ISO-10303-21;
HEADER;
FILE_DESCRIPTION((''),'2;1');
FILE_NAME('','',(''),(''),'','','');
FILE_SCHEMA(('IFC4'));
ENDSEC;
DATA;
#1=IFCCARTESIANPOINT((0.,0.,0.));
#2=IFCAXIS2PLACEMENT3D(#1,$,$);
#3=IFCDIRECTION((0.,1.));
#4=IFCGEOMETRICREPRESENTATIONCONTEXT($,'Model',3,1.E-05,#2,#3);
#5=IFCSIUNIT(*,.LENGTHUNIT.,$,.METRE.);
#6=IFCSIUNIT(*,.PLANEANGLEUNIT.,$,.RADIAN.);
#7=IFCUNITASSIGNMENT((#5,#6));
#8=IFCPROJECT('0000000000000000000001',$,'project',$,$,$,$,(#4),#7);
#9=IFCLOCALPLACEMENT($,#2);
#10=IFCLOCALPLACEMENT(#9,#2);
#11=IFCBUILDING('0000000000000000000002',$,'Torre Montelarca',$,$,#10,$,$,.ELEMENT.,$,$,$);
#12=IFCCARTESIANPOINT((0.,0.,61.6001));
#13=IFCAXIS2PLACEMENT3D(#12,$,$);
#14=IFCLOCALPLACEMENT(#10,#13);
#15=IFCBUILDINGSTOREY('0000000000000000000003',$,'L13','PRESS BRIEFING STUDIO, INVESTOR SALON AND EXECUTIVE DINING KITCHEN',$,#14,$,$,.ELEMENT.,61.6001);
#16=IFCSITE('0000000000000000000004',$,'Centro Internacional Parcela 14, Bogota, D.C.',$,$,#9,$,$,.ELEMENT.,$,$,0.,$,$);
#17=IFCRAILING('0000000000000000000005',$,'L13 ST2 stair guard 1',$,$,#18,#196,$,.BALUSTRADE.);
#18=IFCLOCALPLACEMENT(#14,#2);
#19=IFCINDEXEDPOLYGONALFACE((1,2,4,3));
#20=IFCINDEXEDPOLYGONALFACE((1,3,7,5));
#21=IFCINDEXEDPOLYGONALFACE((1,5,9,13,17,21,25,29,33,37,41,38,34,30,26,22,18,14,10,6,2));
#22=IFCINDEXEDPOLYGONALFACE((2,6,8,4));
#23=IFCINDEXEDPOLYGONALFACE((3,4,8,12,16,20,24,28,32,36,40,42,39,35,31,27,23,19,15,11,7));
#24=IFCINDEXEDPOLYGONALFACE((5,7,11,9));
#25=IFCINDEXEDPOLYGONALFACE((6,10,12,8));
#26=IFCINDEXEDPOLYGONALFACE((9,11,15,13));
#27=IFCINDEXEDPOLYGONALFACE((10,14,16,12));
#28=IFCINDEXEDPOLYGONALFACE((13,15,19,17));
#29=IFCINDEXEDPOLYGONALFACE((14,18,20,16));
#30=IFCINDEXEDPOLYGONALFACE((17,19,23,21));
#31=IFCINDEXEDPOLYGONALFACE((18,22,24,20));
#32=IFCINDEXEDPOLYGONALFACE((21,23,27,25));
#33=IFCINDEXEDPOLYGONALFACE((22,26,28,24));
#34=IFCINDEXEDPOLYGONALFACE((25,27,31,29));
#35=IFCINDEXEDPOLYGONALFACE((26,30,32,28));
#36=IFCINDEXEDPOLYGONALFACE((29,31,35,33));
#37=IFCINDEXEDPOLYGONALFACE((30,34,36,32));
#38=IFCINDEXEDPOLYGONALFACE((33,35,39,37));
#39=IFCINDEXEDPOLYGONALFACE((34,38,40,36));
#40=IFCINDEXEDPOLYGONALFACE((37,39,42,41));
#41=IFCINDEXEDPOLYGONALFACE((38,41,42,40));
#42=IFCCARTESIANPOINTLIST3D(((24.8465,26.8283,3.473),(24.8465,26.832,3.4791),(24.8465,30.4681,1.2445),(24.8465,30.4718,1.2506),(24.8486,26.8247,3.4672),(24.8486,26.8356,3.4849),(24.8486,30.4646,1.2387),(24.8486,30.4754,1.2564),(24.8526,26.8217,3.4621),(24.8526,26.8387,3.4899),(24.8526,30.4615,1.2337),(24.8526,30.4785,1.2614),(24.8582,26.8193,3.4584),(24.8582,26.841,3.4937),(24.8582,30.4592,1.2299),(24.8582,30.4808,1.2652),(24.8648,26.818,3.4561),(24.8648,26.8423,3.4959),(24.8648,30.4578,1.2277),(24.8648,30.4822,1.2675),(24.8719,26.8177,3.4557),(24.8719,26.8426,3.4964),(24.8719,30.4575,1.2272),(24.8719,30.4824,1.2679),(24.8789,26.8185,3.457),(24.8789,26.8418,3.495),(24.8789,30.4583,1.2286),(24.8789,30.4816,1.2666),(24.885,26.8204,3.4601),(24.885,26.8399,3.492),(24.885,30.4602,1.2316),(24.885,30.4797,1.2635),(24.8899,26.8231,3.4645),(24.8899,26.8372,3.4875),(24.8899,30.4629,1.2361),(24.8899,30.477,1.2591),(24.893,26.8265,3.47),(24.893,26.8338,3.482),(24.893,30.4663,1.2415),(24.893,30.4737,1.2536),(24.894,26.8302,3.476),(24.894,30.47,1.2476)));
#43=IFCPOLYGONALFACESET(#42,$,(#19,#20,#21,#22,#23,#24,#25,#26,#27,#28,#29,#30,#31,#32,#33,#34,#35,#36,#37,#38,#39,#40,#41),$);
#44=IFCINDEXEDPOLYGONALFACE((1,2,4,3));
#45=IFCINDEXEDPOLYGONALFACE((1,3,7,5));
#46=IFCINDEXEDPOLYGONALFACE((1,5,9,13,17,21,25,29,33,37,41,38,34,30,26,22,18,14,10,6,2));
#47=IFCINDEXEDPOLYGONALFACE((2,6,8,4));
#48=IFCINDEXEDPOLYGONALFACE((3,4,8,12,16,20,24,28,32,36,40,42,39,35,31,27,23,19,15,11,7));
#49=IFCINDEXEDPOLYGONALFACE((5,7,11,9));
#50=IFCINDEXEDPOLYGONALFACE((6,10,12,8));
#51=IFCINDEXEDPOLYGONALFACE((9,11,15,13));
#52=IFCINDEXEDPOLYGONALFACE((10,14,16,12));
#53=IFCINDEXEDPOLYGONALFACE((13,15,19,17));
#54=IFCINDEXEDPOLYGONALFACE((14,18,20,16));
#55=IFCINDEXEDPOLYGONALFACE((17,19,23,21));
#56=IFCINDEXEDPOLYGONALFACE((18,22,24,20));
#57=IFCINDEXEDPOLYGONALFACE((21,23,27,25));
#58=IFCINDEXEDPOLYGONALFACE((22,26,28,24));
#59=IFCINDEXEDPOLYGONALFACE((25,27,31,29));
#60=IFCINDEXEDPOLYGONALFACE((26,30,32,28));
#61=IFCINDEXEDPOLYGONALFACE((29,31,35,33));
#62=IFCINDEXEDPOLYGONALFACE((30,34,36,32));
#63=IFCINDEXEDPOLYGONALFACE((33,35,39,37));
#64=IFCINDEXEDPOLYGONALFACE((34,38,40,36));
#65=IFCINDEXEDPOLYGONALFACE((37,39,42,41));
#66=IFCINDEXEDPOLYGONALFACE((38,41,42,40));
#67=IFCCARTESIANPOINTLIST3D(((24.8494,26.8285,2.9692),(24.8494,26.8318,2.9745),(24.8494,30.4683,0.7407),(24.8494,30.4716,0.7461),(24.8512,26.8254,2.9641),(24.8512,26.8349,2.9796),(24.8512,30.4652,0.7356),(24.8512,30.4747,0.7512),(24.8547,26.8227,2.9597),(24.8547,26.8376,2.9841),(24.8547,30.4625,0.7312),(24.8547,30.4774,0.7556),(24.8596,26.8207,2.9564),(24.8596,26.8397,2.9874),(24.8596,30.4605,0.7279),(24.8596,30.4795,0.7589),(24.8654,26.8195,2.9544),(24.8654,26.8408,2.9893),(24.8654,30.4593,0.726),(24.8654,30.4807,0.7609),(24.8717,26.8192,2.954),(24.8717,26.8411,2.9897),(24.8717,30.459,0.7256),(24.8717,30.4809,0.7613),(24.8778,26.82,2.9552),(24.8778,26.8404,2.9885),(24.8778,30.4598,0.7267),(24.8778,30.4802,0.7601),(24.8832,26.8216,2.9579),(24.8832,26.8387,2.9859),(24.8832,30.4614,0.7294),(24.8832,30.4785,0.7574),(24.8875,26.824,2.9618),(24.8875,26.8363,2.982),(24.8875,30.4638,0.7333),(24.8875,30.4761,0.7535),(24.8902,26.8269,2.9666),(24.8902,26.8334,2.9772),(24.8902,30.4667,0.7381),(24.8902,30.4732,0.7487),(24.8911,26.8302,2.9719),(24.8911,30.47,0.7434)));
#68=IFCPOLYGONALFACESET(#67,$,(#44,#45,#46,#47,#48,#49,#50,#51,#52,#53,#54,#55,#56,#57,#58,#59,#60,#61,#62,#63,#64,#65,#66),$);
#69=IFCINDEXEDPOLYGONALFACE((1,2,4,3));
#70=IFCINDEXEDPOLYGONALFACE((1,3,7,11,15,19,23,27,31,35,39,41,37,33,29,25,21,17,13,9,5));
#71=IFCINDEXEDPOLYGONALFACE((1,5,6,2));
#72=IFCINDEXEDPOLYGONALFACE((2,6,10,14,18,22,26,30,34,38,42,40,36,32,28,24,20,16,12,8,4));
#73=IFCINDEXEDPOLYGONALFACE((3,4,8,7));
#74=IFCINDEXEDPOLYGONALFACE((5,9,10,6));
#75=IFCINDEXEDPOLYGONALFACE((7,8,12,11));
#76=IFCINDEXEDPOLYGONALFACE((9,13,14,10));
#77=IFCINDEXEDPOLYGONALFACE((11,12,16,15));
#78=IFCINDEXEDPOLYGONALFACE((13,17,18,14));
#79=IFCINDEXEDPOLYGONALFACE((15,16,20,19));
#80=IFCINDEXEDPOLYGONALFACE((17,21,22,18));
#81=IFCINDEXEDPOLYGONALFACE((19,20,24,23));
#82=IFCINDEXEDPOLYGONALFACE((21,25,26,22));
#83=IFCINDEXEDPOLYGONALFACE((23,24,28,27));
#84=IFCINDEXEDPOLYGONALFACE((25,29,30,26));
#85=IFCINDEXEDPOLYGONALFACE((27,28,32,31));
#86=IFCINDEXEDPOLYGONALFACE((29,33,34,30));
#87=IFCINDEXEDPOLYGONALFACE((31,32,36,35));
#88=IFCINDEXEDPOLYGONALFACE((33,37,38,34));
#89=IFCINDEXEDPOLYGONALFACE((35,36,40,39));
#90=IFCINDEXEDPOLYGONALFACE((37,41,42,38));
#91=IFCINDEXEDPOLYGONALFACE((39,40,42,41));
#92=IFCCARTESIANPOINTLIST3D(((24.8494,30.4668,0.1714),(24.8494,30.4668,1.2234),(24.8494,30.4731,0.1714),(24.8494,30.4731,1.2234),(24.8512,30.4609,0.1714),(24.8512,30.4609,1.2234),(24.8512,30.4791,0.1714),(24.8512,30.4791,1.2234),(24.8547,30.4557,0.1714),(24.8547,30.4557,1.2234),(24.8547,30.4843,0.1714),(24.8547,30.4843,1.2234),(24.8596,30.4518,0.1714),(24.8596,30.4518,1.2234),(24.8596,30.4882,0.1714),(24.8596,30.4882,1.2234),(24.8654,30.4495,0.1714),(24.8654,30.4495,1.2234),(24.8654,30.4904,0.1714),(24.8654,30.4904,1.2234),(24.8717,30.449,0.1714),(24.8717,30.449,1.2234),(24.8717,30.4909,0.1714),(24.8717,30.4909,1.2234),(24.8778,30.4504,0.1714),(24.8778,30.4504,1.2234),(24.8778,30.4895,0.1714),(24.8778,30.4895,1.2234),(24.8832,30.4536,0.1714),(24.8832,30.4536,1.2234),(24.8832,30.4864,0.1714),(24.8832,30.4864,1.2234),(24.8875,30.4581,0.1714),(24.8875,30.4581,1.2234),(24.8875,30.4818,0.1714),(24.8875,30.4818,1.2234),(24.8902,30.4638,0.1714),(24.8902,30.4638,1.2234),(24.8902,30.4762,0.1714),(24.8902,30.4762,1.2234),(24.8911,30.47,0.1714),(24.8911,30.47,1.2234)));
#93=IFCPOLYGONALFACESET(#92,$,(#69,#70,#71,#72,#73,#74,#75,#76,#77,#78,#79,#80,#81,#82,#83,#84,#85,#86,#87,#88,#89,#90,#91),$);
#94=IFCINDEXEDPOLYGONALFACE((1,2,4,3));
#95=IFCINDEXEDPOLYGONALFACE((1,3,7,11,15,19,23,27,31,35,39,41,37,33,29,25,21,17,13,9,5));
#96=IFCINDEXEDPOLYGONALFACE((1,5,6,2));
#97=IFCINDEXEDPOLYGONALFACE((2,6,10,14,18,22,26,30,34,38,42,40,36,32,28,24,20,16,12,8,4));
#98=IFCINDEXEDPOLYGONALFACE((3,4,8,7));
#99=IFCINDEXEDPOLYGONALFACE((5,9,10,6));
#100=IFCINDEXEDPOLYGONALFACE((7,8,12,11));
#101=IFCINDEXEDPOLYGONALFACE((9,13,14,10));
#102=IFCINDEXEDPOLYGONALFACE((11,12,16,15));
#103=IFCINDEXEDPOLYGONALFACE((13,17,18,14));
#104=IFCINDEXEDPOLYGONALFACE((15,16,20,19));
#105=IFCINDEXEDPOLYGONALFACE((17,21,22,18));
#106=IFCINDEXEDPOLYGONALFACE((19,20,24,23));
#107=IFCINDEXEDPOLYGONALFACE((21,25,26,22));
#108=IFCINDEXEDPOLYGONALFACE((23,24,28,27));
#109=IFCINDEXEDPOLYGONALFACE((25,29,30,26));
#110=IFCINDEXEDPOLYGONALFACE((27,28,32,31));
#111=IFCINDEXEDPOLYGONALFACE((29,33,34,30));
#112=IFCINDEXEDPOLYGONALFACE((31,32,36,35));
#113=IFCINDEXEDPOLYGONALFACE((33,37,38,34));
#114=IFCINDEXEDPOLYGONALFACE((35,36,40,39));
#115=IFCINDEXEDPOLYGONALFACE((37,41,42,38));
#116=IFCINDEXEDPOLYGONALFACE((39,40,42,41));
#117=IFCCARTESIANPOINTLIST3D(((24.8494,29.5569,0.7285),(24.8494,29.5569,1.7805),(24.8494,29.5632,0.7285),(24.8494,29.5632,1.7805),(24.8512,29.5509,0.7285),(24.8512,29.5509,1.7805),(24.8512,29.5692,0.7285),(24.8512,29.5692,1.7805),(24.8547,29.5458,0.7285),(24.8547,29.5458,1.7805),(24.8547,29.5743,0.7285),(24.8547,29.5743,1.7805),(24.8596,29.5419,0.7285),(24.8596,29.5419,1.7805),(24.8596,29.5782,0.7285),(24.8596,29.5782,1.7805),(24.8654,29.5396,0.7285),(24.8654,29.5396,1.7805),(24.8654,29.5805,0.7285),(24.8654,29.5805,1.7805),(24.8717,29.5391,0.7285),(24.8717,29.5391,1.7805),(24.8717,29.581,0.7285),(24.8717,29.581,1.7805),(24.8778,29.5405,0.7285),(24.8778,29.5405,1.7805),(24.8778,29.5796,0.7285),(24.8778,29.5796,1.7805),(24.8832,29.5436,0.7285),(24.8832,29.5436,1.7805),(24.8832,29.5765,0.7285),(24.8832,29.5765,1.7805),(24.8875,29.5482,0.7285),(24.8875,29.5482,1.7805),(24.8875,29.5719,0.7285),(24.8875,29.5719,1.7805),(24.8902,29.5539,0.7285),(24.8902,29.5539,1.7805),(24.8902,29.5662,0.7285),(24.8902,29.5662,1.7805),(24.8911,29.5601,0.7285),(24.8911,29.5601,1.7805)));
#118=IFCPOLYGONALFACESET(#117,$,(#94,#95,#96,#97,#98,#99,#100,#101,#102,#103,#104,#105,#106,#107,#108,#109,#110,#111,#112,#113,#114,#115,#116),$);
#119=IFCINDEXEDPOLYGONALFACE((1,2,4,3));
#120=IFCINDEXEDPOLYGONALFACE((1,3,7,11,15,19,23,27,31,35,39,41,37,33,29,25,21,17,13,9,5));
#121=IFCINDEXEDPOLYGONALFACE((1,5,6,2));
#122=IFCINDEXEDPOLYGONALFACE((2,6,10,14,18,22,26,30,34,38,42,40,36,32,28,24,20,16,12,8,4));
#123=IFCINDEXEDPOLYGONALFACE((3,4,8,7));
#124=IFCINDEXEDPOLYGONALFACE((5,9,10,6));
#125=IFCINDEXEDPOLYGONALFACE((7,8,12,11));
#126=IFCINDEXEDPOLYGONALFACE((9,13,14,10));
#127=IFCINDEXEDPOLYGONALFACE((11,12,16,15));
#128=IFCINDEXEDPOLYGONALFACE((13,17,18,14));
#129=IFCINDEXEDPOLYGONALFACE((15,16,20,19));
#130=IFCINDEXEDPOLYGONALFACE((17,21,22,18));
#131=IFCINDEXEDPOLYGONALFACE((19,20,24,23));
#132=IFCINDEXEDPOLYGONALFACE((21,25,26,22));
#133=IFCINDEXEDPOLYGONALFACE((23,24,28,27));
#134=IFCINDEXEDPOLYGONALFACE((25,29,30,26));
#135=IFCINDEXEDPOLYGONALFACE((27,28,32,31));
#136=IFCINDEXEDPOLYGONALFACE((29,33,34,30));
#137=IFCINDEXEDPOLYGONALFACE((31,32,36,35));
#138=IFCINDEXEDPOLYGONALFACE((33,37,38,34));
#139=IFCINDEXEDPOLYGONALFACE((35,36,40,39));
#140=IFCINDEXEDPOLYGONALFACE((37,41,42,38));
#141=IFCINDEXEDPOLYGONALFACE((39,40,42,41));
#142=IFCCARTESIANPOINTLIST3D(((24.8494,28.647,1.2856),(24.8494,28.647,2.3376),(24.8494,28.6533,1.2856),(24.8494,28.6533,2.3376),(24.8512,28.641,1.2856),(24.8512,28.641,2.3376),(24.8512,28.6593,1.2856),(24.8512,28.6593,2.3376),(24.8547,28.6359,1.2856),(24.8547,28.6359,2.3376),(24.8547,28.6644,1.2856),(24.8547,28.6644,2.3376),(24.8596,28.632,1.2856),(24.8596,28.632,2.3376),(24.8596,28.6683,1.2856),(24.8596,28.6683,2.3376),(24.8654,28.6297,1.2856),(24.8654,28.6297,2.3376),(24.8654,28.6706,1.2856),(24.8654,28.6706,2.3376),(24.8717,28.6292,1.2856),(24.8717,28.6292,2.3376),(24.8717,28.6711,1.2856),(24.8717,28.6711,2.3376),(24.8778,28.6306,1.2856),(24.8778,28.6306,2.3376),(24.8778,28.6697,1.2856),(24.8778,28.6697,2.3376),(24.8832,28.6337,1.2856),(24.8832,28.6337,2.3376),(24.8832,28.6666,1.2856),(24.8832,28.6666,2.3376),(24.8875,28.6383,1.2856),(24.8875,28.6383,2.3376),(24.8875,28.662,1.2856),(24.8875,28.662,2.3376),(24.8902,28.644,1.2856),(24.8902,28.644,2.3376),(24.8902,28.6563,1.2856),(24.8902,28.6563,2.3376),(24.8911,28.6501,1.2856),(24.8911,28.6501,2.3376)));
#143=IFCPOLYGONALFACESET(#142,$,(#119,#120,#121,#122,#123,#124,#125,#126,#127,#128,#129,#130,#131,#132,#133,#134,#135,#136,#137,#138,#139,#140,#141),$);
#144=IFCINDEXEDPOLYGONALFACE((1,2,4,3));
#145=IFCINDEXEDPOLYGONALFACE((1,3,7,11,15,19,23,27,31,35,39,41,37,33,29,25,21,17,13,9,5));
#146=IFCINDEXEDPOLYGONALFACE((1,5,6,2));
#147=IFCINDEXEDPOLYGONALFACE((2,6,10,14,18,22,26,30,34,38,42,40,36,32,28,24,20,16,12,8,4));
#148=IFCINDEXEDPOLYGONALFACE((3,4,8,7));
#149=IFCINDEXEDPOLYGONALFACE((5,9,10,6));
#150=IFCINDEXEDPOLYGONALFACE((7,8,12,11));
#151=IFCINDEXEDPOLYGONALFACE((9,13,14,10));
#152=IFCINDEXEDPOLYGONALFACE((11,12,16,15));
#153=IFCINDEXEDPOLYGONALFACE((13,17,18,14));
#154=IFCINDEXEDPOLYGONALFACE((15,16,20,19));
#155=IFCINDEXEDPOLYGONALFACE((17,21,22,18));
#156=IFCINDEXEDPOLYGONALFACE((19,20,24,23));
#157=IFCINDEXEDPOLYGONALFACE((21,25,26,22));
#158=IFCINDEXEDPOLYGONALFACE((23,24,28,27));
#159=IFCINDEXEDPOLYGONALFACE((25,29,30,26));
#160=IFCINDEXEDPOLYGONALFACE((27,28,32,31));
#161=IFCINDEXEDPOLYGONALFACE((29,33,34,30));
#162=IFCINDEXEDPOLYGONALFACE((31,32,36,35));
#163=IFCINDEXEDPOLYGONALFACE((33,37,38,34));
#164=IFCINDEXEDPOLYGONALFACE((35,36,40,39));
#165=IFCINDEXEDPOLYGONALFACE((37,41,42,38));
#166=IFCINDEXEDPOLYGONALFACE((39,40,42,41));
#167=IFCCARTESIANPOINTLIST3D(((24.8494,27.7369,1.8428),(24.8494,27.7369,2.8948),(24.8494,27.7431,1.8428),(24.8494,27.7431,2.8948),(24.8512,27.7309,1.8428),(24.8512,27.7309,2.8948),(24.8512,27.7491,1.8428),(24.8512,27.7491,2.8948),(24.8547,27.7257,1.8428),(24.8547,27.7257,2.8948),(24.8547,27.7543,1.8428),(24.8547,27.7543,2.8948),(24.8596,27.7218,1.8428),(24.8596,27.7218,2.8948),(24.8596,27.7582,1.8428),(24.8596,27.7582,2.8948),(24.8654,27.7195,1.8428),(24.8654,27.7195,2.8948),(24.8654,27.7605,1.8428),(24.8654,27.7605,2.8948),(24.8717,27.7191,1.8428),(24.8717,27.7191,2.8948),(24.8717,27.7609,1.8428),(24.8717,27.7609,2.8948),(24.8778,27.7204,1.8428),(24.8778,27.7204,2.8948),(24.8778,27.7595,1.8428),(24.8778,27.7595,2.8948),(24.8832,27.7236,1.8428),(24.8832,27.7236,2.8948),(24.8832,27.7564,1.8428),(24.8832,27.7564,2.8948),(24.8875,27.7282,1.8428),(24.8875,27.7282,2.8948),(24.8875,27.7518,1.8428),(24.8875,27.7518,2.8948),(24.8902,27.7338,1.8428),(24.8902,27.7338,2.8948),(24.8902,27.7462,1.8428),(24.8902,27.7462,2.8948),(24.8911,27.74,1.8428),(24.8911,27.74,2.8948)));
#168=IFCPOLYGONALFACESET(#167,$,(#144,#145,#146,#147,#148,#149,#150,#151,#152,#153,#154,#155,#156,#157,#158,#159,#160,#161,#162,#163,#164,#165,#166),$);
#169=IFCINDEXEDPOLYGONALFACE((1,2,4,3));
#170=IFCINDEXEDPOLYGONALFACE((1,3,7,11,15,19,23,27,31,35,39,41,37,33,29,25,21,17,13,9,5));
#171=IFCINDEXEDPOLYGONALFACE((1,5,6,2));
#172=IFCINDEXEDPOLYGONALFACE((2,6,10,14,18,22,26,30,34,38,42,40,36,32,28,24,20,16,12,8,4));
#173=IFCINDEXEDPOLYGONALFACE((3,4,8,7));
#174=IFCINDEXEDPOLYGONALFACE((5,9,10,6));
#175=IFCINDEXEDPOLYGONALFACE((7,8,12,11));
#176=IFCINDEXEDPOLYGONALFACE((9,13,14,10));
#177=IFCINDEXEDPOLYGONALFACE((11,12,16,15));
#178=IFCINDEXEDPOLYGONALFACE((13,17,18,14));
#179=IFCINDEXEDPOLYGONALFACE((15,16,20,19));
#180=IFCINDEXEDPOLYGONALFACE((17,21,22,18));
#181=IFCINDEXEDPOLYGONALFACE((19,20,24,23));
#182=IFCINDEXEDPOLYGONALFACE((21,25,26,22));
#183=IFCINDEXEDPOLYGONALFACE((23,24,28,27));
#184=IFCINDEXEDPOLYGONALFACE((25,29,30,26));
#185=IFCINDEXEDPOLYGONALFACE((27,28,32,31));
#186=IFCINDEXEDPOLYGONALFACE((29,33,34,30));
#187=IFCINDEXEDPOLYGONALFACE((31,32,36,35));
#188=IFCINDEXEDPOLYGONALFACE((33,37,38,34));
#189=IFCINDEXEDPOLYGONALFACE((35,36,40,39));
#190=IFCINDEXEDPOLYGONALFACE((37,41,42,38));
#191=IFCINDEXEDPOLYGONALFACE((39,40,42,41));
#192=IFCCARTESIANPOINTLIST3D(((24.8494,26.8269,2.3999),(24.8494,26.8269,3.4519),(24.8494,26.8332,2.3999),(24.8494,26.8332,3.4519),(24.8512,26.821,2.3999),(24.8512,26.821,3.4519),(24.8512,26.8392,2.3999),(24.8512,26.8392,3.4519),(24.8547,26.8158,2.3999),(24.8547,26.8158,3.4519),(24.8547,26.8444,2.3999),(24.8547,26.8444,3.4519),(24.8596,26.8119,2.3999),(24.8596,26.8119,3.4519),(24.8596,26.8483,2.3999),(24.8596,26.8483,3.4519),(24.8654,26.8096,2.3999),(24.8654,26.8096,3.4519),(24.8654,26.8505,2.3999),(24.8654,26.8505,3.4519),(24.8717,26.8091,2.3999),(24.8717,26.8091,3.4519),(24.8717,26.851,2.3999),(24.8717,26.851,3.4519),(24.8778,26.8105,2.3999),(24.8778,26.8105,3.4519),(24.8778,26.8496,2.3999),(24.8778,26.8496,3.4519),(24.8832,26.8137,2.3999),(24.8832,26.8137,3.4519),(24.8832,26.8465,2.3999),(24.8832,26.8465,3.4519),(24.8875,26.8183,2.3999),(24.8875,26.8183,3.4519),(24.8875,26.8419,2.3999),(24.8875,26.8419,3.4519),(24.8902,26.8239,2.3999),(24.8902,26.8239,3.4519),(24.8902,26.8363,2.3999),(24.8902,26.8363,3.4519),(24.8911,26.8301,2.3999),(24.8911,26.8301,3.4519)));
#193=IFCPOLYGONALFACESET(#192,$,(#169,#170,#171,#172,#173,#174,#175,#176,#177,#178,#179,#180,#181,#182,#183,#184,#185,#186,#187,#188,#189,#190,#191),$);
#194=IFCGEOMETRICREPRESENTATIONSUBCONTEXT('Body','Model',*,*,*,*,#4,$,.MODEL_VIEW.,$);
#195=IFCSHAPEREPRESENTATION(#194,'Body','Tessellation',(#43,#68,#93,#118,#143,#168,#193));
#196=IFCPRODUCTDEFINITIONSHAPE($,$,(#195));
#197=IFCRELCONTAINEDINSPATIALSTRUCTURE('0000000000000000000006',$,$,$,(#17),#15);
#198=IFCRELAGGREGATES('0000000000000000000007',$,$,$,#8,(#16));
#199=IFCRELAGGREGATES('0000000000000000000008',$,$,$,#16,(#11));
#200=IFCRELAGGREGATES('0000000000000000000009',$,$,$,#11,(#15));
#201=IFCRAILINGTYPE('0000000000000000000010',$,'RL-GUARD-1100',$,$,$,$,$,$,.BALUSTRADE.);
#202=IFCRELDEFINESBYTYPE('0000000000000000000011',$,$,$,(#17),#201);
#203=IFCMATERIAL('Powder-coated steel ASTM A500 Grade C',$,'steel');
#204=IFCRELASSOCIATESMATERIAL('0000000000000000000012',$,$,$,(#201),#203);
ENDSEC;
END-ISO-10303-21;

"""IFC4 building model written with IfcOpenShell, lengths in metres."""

from ifc_helpers import new_model, si_unit, direction, frame, origin, origin_2d, place, context, subcontext, project, spatial, circle, extrude, material, type_object, element, save


model = new_model("IFC4")

# Units and contexts
model_context = context("Model", 3, precision=1e-05, world=origin(), true_north=direction((0.0, 1.0)))
body_context = subcontext(model_context, "Body", "Model", "MODEL_VIEW")
ifc_project = project(units=[si_unit("LENGTHUNIT", "METRE"), si_unit("PLANEANGLEUNIT", "RADIAN")], contexts=[model_context])

# Site, building, storey
site_placement = place(None, origin())
site = spatial("IfcSite", under=ifc_project, at=site_placement, Name="Centro Internacional Parcela 14, Bogota, D.C.", CompositionType="ELEMENT", RefElevation=0.0)
building_placement = place(site_placement, origin())
building = spatial("IfcBuilding", under=site, at=building_placement, Name="Torre Montelarca", CompositionType="ELEMENT")
storey_placement = place(building_placement, frame((0.0, 0.0, 61.6001)))
storey = spatial("IfcBuildingStorey", under=building, at=storey_placement, Name="L13", Description="PRESS BRIEFING STUDIO, INVESTOR SALON AND EXECUTIVE DINING KITCHEN", CompositionType="ELEMENT", Elevation=61.6001)

# Railing
ifc_material_1 = material(Name="Powder-coated steel ASTM A500 Grade C", Category="steel")
railing_type_1 = type_object("IfcRailingType", Name="RL-GUARD-1100", PredefinedType="BALUSTRADE", material=ifc_material_1)
railing_1_placement = place(storey_placement, frame((24.8701, 30.47, 0.1714)))
element("IfcRailing", 1, at=railing_1_placement, inside=storey, type_object=railing_type_1, Name="L13 ST2 stair guard 1", PredefinedType="BALUSTRADE", context=body_context, shape_type="SweptSolid", body=[
    extrude(circle(Radius=0.0239, at=origin_2d()), frame((0.0, 0.0, 1.0762), z_axis=(0.0, -0.85285, 0.522156), x_axis=(1.0, 0.0, 0.0)), (0.0, 0.0, 1.0), 4.2678),
    extrude(circle(Radius=0.021, at=origin_2d()), frame((0.0, 0.0, 0.572), z_axis=(0.0, -0.85285, 0.522156), x_axis=(1.0, 0.0, 0.0)), (0.0, 0.0, 1.0), 4.2678),
    extrude(circle(Radius=0.021, at=origin_2d()), origin(), (0.0, 0.0, 1.0), 1.052),
    extrude(circle(Radius=0.021, at=origin_2d()), frame((0.0, -0.9099, 0.5571)), (0.0, 0.0, 1.0), 1.052),
    extrude(circle(Radius=0.021, at=origin_2d()), frame((0.0, -1.8198, 1.1143)), (0.0, 0.0, 1.0), 1.052),
    extrude(circle(Radius=0.021, at=origin_2d()), frame((0.0, -2.73, 1.6714)), (0.0, 0.0, 1.0), 1.052),
    extrude(circle(Radius=0.021, at=origin_2d()), frame((0.0, -3.6399, 2.2285)), (0.0, 0.0, 1.0), 1.052),
])

save(model, "model.ifc")
